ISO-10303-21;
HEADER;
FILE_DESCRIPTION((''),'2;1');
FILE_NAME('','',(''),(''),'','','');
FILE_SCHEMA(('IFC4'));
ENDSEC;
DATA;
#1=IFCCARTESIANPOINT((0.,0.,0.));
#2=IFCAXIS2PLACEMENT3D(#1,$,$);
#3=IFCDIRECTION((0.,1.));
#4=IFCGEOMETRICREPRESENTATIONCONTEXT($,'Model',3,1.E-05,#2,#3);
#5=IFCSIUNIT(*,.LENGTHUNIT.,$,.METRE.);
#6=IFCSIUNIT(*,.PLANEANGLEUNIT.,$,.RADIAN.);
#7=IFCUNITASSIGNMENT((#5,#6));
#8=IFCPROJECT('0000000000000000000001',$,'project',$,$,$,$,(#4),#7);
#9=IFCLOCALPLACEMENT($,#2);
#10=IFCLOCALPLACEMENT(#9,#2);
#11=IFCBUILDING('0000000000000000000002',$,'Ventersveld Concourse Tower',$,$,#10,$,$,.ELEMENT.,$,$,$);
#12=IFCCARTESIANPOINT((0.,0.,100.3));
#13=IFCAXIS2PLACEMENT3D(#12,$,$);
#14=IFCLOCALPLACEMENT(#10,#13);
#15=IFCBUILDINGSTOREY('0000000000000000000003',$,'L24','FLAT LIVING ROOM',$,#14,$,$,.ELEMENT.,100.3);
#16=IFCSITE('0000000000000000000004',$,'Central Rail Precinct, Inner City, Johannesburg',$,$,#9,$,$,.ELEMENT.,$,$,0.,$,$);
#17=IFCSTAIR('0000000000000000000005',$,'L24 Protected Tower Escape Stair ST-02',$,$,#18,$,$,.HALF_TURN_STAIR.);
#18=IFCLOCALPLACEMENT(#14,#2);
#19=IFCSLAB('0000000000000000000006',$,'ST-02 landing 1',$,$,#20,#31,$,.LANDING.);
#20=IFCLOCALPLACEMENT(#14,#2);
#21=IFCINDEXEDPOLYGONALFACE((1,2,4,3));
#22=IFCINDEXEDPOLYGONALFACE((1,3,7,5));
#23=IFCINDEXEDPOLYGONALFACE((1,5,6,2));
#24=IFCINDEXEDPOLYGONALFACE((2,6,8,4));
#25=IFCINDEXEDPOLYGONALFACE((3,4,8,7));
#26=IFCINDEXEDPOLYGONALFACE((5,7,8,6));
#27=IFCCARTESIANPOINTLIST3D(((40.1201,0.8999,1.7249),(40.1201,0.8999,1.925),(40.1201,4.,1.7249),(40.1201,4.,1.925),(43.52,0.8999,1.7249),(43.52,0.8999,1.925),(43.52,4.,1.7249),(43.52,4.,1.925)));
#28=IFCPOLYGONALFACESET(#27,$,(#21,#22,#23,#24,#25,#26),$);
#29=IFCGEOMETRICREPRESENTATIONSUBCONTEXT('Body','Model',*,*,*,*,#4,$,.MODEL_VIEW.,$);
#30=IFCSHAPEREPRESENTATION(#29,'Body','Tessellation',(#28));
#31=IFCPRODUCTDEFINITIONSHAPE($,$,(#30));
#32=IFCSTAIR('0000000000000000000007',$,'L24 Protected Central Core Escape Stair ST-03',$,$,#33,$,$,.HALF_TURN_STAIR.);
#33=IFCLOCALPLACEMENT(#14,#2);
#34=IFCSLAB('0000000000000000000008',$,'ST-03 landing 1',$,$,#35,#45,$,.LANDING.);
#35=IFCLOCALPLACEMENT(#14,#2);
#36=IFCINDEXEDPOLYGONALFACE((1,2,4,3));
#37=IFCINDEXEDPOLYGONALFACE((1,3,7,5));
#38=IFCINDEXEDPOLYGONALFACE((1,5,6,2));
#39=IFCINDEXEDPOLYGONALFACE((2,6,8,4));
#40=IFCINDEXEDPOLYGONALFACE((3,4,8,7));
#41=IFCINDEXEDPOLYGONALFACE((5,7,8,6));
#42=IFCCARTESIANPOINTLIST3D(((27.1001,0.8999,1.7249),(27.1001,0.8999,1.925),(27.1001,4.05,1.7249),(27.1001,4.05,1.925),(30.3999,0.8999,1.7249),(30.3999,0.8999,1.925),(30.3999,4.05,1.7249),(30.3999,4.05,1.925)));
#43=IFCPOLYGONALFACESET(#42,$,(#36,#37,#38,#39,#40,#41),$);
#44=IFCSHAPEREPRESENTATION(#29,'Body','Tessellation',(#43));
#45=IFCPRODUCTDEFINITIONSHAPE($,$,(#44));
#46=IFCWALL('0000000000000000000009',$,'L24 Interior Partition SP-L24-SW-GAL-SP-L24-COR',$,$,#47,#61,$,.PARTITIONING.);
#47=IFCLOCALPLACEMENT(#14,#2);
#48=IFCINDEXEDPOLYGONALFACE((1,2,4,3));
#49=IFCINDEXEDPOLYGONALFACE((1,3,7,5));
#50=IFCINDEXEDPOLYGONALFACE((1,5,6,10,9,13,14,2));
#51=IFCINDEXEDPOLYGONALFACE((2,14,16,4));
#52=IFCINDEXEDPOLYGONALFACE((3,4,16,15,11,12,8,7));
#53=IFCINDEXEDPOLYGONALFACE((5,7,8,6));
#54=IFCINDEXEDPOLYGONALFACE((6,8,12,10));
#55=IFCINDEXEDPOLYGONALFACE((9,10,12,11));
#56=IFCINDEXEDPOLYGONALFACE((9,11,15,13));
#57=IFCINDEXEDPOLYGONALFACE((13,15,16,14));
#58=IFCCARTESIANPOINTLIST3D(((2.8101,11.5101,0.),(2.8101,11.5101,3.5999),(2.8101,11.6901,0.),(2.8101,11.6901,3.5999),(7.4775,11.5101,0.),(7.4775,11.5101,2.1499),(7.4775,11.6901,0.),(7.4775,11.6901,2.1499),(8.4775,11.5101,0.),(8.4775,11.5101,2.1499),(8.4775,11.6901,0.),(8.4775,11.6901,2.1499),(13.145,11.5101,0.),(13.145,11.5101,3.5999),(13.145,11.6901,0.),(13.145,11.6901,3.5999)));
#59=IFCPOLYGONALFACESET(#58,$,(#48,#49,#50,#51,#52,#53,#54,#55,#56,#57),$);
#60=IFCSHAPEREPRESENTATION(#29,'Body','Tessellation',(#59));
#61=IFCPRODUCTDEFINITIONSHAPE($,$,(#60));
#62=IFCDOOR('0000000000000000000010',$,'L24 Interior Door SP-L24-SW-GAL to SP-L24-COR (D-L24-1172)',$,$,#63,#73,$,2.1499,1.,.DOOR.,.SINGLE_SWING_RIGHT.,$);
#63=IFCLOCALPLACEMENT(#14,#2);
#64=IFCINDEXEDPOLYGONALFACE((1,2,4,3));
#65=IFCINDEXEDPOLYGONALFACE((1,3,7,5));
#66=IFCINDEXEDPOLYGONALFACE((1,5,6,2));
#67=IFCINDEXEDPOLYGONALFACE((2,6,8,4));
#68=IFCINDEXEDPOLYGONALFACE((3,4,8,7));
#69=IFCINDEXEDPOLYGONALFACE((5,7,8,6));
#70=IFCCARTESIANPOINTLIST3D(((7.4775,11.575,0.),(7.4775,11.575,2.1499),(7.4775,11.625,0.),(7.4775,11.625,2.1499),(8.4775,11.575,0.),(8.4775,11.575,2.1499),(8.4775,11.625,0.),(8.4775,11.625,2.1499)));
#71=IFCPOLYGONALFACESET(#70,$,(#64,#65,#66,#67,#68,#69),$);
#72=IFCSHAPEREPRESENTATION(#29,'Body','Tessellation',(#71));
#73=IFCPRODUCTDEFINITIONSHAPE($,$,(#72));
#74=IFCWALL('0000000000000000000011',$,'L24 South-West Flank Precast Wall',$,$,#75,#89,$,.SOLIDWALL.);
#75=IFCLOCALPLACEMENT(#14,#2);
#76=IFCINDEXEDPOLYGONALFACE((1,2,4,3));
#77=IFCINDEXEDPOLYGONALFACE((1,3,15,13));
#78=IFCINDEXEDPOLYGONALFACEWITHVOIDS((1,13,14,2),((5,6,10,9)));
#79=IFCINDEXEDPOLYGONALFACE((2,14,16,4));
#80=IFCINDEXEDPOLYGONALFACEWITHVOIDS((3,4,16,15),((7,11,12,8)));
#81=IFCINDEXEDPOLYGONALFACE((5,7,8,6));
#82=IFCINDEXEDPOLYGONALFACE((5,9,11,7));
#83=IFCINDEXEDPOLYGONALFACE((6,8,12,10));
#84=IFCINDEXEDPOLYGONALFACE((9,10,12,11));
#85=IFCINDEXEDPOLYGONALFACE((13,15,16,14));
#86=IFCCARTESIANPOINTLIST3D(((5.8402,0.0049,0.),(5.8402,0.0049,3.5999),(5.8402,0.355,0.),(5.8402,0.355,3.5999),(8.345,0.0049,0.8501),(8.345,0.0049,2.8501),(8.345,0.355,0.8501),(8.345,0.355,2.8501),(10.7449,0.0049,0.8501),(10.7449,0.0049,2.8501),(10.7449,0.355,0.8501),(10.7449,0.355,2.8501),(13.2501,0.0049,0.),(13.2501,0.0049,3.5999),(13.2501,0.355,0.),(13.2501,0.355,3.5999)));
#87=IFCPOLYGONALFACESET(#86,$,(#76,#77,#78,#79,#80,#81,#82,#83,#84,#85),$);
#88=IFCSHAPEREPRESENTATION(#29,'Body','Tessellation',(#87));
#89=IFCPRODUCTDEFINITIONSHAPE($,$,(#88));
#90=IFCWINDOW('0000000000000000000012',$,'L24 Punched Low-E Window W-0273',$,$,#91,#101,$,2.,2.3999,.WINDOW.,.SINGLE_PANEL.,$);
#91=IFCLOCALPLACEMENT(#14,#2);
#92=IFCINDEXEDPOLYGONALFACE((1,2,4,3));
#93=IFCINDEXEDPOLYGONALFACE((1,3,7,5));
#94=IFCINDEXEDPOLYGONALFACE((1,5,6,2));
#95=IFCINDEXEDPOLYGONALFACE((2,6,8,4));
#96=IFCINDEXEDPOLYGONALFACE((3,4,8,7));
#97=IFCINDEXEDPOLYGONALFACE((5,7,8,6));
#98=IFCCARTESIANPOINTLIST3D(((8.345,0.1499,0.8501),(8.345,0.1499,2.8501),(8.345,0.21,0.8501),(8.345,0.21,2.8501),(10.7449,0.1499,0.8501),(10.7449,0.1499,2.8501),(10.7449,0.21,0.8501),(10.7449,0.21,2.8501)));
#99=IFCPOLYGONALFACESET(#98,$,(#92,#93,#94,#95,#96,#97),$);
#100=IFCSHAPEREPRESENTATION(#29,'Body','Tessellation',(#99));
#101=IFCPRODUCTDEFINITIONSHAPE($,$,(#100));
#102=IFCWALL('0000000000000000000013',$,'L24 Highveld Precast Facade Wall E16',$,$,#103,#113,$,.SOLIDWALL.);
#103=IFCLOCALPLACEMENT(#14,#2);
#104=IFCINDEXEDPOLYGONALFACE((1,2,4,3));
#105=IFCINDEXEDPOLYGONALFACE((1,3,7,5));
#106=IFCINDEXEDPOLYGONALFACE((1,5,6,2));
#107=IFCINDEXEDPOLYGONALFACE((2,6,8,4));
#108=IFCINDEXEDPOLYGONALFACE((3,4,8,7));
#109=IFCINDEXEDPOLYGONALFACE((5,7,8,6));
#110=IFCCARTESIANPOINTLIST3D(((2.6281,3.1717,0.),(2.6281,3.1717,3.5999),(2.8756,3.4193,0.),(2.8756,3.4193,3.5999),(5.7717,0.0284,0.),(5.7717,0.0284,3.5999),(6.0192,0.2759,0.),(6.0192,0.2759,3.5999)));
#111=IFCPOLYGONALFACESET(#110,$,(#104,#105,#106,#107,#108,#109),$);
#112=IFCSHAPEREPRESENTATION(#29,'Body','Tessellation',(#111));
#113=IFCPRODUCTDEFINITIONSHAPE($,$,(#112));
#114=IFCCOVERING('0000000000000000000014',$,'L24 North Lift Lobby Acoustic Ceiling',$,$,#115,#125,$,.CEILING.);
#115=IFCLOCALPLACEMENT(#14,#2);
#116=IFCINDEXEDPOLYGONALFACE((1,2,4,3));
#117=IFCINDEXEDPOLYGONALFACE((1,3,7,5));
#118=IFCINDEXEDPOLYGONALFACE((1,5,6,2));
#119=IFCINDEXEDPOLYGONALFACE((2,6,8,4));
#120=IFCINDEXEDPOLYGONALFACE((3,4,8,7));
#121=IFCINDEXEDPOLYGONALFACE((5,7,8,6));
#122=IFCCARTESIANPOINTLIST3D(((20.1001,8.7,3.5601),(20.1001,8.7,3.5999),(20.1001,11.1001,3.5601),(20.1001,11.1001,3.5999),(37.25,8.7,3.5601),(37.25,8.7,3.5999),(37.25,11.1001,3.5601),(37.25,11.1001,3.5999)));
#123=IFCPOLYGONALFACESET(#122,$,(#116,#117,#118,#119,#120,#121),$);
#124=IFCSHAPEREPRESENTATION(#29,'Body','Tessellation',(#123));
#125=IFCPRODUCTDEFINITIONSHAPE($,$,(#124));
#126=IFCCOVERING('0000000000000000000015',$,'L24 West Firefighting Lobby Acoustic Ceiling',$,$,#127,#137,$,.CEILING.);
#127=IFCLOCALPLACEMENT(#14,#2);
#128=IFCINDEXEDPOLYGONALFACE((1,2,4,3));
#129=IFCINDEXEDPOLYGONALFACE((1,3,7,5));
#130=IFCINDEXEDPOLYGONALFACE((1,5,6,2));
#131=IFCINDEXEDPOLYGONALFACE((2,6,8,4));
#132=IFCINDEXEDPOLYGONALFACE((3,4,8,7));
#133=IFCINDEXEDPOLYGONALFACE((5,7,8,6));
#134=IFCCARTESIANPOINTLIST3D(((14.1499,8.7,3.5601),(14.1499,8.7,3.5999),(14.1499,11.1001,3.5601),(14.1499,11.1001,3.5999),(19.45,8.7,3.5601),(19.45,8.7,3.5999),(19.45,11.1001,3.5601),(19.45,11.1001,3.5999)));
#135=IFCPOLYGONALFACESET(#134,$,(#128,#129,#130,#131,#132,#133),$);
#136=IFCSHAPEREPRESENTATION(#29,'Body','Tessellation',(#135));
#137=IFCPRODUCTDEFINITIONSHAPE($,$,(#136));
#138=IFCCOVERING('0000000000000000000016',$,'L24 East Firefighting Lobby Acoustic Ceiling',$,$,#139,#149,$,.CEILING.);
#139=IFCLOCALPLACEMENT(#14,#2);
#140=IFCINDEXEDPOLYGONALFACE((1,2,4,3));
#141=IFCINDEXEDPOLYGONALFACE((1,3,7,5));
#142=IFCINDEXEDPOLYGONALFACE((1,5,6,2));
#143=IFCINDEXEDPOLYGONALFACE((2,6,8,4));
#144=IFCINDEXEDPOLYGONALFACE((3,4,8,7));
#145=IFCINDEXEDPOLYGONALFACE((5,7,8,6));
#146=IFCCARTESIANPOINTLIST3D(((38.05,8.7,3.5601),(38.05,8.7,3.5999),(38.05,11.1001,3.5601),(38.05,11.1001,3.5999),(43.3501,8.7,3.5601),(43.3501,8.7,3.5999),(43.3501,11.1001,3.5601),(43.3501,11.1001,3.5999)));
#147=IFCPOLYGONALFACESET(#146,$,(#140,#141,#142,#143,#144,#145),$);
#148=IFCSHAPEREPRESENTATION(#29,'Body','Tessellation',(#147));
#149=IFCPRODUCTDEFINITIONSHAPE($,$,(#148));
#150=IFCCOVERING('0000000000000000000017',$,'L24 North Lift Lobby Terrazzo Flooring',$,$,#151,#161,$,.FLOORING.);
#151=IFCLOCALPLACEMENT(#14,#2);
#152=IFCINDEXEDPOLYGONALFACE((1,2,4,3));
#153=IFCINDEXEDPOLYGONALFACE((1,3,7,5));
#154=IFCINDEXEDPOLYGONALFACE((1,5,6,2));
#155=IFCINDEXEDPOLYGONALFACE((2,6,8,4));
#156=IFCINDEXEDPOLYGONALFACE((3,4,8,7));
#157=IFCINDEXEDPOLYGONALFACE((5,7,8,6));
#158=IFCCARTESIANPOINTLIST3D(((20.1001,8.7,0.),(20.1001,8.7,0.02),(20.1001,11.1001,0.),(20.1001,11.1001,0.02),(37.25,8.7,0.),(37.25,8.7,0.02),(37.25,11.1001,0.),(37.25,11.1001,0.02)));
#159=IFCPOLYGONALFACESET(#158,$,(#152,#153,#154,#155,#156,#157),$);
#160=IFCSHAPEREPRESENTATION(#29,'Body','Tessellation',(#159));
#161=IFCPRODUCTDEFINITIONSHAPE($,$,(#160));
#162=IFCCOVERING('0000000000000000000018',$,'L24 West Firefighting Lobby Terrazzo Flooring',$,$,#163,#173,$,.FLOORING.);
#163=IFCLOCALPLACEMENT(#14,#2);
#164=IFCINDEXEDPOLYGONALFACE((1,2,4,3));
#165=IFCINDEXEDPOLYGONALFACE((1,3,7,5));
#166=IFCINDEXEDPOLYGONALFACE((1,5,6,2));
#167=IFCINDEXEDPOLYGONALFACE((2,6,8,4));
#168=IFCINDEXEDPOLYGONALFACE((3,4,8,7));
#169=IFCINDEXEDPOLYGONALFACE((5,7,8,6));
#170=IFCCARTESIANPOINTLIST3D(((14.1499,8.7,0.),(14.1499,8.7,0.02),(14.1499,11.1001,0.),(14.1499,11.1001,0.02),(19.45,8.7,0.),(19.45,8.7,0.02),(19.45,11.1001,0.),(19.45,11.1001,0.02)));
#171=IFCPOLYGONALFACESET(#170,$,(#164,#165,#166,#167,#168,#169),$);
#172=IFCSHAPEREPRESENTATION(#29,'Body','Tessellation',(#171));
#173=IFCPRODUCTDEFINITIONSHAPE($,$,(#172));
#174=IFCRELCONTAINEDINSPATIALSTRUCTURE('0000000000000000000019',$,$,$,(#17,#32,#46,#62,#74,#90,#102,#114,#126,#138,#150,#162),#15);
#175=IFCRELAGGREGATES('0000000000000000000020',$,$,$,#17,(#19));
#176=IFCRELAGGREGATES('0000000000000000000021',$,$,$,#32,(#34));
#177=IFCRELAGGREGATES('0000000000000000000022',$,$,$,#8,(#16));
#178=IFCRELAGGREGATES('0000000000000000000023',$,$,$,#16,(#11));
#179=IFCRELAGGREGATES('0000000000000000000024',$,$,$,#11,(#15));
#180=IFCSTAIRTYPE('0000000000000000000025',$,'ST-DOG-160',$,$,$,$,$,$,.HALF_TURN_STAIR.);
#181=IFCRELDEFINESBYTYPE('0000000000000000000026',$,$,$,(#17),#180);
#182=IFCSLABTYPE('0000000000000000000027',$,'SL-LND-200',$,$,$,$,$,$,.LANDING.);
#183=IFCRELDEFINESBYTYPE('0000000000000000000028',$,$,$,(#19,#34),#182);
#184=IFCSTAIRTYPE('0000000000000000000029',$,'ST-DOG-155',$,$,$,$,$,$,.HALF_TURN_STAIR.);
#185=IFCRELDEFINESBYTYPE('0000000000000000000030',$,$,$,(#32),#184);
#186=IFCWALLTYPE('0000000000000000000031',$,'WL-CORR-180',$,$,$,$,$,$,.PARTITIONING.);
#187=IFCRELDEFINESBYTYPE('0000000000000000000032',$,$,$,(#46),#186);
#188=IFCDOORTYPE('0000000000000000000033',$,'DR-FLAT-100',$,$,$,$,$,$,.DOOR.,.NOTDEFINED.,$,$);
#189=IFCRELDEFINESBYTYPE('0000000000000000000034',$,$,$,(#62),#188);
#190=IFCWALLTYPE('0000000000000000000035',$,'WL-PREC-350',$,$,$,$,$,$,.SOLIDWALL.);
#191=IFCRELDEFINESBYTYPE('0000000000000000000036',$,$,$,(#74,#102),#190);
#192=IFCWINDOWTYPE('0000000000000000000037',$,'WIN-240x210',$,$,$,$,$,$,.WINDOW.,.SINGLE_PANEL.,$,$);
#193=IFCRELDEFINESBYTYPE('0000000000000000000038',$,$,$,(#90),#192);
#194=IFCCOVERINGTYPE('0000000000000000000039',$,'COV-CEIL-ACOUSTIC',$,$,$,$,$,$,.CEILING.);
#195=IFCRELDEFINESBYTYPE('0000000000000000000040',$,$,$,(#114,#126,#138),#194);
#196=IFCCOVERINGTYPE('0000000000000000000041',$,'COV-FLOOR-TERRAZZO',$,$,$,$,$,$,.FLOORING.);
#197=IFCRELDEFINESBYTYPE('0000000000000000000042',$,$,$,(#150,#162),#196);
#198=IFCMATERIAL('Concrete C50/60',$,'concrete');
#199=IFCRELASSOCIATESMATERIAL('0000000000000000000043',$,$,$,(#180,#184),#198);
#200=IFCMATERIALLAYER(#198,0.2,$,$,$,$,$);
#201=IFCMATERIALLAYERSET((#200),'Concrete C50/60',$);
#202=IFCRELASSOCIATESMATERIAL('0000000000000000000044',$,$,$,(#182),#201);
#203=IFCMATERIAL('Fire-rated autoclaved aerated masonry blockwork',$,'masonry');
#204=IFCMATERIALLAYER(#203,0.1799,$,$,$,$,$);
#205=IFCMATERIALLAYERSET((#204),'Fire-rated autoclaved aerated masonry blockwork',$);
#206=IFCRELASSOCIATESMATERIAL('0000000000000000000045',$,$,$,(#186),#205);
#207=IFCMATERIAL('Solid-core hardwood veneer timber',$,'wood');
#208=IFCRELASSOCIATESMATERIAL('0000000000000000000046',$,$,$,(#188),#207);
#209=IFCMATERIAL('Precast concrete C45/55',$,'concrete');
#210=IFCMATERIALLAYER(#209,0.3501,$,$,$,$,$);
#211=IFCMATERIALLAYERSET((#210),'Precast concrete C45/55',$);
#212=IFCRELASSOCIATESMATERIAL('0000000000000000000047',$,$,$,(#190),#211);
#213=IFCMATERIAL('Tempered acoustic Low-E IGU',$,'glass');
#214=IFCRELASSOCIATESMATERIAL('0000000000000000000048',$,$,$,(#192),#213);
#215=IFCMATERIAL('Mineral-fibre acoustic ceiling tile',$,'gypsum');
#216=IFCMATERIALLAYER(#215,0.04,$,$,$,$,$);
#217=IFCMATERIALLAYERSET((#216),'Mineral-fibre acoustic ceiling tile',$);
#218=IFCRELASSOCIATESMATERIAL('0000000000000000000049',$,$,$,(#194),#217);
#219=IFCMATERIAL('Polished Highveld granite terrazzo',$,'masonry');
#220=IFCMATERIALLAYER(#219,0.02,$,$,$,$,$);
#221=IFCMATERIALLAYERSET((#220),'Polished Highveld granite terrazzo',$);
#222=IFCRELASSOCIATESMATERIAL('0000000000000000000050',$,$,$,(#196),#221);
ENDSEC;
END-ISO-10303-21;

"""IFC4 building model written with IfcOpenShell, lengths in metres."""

from ifc_helpers import new_model, si_unit, direction, frame, frame_2d, origin, place, context, subcontext, project, spatial, polyline, rectangle, outline, extrude, material, layer, layer_set, type_object, element, fill, aggregate, save


model = new_model("IFC4")

# Units and contexts
model_context = context("Model", 3, precision=1e-05, world=origin(), true_north=direction((0.0, 1.0)))
body_context = subcontext(model_context, "Body", "Model", "MODEL_VIEW")
ifc_project = project(units=[si_unit("LENGTHUNIT", "METRE"), si_unit("PLANEANGLEUNIT", "RADIAN")], contexts=[model_context])

# Site, building, storey
site_placement = place(None, origin())
site = spatial("IfcSite", under=ifc_project, at=site_placement, Name="Central Rail Precinct, Inner City, Johannesburg", CompositionType="ELEMENT", RefElevation=0.0)
building_placement = place(site_placement, origin())
building = spatial("IfcBuilding", under=site, at=building_placement, Name="Ventersveld Concourse Tower", CompositionType="ELEMENT")
storey_placement = place(building_placement, frame((0.0, 0.0, 100.3)))
storey = spatial("IfcBuildingStorey", under=building, at=storey_placement, Name="L24", Description="FLAT LIVING ROOM", CompositionType="ELEMENT", Elevation=100.3)

# Shared definitions
ifc_material_1 = material(Name="Concrete C50/60", Category="concrete")

# Stairs, slabs
stair_type_1 = type_object("IfcStairType", Name="ST-DOG-160", PredefinedType="HALF_TURN_STAIR", material=ifc_material_1)
ifc_layer_1 = layer(ifc_material_1, 0.2)
ifc_layer_set_1 = layer_set([ifc_layer_1], Name="Concrete C50/60")
slab_type_1 = type_object("IfcSlabType", Name="SL-LND-200", PredefinedType="LANDING", material=ifc_layer_set_1)
stair_1_placement = place(storey_placement, origin())
stair_1 = element("IfcStair", 1, at=stair_1_placement, inside=storey, type_object=stair_type_1, Name="L24 Protected Tower Escape Stair ST-02", PredefinedType="HALF_TURN_STAIR")
slab_1_placement = place(storey_placement, frame((0.0, 0.0, 1.7249)))
slab_1 = element("IfcSlab", 2, at=slab_1_placement, type_object=slab_type_1, Name="ST-02 landing 1", PredefinedType="LANDING", context=body_context, shape_type="SweptSolid", body=[
    extrude(outline(polyline([(40.1201, 4.0), (40.1201, 0.8999), (43.52, 0.8999), (43.52, 4.0), (40.1201, 4.0)])), origin(), (0.0, 0.0, 1.0), 0.2002),
])
aggregate(stair_1, [slab_1])
stair_type_2 = type_object("IfcStairType", Name="ST-DOG-155", PredefinedType="HALF_TURN_STAIR", material=ifc_material_1)
stair_2_placement = place(storey_placement, origin())
stair_2 = element("IfcStair", 3, at=stair_2_placement, inside=storey, type_object=stair_type_2, Name="L24 Protected Central Core Escape Stair ST-03", PredefinedType="HALF_TURN_STAIR")
slab_2_placement = place(storey_placement, frame((0.0, 0.0, 1.7249)))
slab_2 = element("IfcSlab", 4, at=slab_2_placement, type_object=slab_type_1, Name="ST-03 landing 1", PredefinedType="LANDING", context=body_context, shape_type="SweptSolid", body=[
    extrude(outline(polyline([(27.1001, 4.05), (27.1001, 0.8999), (30.3999, 0.8999), (30.3999, 4.05), (27.1001, 4.05)])), origin(), (0.0, 0.0, 1.0), 0.2002),
])
aggregate(stair_2, [slab_2])

# Wall, opening, door
ifc_material_2 = material(Name="Fire-rated autoclaved aerated masonry blockwork", Category="masonry")
ifc_layer_2 = layer(ifc_material_2, 0.1799)
ifc_layer_set_2 = layer_set([ifc_layer_2], Name="Fire-rated autoclaved aerated masonry blockwork")
wall_type_1 = type_object("IfcWallType", Name="WL-CORR-180", PredefinedType="PARTITIONING", material=ifc_layer_set_2)
wall_1_placement = place(storey_placement, frame((2.8101, 11.6001, 0.0), z_axis=(0.0, 0.0, 1.0), x_axis=(1.0, 0.0, 0.0)))
wall_1 = element("IfcWall", 5, at=wall_1_placement, inside=storey, type_object=wall_type_1, Name="L24 Interior Partition SP-L24-SW-GAL-SP-L24-COR", PredefinedType="PARTITIONING", context=body_context, shape_type="SweptSolid", body=[
    extrude(rectangle(XDim=10.335, YDim=0.1799, at=frame_2d((5.1675, 0.0))), origin(), (0.0, 0.0, 1.0), 3.5999),
])
opening_1_placement = place(wall_1_placement, frame((4.6675, 0.0, 0.0)))
opening_1 = element("IfcOpeningElement", 6, at=opening_1_placement, cuts=wall_1, PredefinedType="OPENING", context=body_context, shape_type="SweptSolid", body=[
    extrude(rectangle(XDim=1.0, YDim=2.1499, at=frame_2d((0.5, 1.075))), frame((0.0, 0.1001, 0.0), z_axis=(0.0, -1.0, 0.0), x_axis=(1.0, 0.0, 0.0)), (0.0, 0.0, 1.0), 0.2),
])
ifc_material_3 = material(Name="Solid-core hardwood veneer timber", Category="wood")
door_type = type_object("IfcDoorType", Name="DR-FLAT-100", OperationType="NOTDEFINED", PredefinedType="DOOR", material=ifc_material_3)
door_placement = place(opening_1_placement, origin())
door = element("IfcDoor", 7, at=door_placement, inside=storey, type_object=door_type, Name="L24 Interior Door SP-L24-SW-GAL to SP-L24-COR (D-L24-1172)", OperationType="SINGLE_SWING_RIGHT", OverallHeight=2.1499, OverallWidth=1.0, PredefinedType="DOOR", context=body_context, shape_type="SweptSolid", body=[
    extrude(rectangle(XDim=1.0, YDim=2.1499, at=frame_2d((0.5, 1.075))), frame((0.0, 0.0249, 0.0), z_axis=(0.0, -1.0, 0.0), x_axis=(1.0, 0.0, 0.0)), (0.0, 0.0, 1.0), 0.05),
])
fill(opening_1, door)

# Wall, opening, window
ifc_material_4 = material(Name="Precast concrete C45/55", Category="concrete")
ifc_layer_3 = layer(ifc_material_4, 0.3501)
ifc_layer_set_3 = layer_set([ifc_layer_3], Name="Precast concrete C45/55")
wall_type_2 = type_object("IfcWallType", Name="WL-PREC-350", PredefinedType="SOLIDWALL", material=ifc_layer_set_3)
wall_2_placement = place(storey_placement, frame((5.8401, 0.1799, 0.0), z_axis=(0.0, 0.0, 1.0), x_axis=(1.0, 0.0, 0.0)))
wall_2 = element("IfcWall", 8, at=wall_2_placement, inside=storey, type_object=wall_type_2, Name="L24 South-West Flank Precast Wall", PredefinedType="SOLIDWALL", context=body_context, shape_type="SweptSolid", body=[
    extrude(rectangle(XDim=7.4099, YDim=0.3501, at=frame_2d((3.7051, 0.0))), origin(), (0.0, 0.0, 1.0), 3.5999),
])
opening_2_placement = place(wall_2_placement, frame((2.5049, 0.0, 0.8501)))
opening_2 = element("IfcOpeningElement", 9, at=opening_2_placement, cuts=wall_2, PredefinedType="OPENING", context=body_context, shape_type="SweptSolid", body=[
    extrude(rectangle(XDim=2.3999, YDim=2.0, at=frame_2d((1.2, 1.0))), frame((0.0, 0.1851, 0.0), z_axis=(0.0, -1.0, 0.0), x_axis=(1.0, 0.0, 0.0)), (0.0, 0.0, 1.0), 0.3701),
])
ifc_material_5 = material(Name="Tempered acoustic Low-E IGU", Category="glass")
window_type = type_object("IfcWindowType", Name="WIN-240x210", PartitioningType="SINGLE_PANEL", PredefinedType="WINDOW", material=ifc_material_5)
window_placement = place(opening_2_placement, origin())
window = element("IfcWindow", 10, at=window_placement, inside=storey, type_object=window_type, Name="L24 Punched Low-E Window W-0273", OverallHeight=2.0, OverallWidth=2.3999, PartitioningType="SINGLE_PANEL", PredefinedType="WINDOW", context=body_context, shape_type="SweptSolid", body=[
    extrude(rectangle(XDim=2.3999, YDim=2.0, at=frame_2d((1.2, 1.0))), frame((0.0, 0.03, 0.0), z_axis=(0.0, -1.0, 0.0), x_axis=(1.0, 0.0, 0.0)), (0.0, 0.0, 1.0), 0.0601),
])
fill(opening_2, window)

# Wall
wall_3_placement = place(storey_placement, frame((2.752, 3.2954, 0.0), z_axis=(0.0, 0.0, 1.0), x_axis=(0.707134, -0.707079, 0.0)))
element("IfcWall", 11, at=wall_3_placement, inside=storey, type_object=wall_type_2, Name="L24 Highveld Precast Facade Wall E16", PredefinedType="SOLIDWALL", context=body_context, shape_type="SweptSolid", body=[
    extrude(rectangle(XDim=4.4456, YDim=0.3501, at=frame_2d((2.2227, 0.0))), origin(), (0.0, 0.0, 1.0), 3.5999),
])

# Coverings
ifc_material_6 = material(Name="Mineral-fibre acoustic ceiling tile", Category="gypsum")
ifc_layer_4 = layer(ifc_material_6, 0.04)
ifc_layer_set_4 = layer_set([ifc_layer_4], Name="Mineral-fibre acoustic ceiling tile")
covering_type_1 = type_object("IfcCoveringType", Name="COV-CEIL-ACOUSTIC", PredefinedType="CEILING", material=ifc_layer_set_4)
covering_1_placement = place(storey_placement, frame((0.0, 0.0, 3.5601)))
element("IfcCovering", 12, at=covering_1_placement, inside=storey, type_object=covering_type_1, Name="L24 North Lift Lobby Acoustic Ceiling", PredefinedType="CEILING", context=body_context, shape_type="SweptSolid", body=[
    extrude(outline(polyline([(20.1001, 8.7), (37.25, 8.7), (37.25, 11.1001), (20.1001, 11.1001), (20.1001, 8.7)])), origin(), (0.0, 0.0, 1.0), 0.0398),
])
covering_2_placement = place(storey_placement, frame((0.0, 0.0, 3.5601)))
element("IfcCovering", 13, at=covering_2_placement, inside=storey, type_object=covering_type_1, Name="L24 West Firefighting Lobby Acoustic Ceiling", PredefinedType="CEILING", context=body_context, shape_type="SweptSolid", body=[
    extrude(outline(polyline([(14.1499, 8.7), (19.45, 8.7), (19.45, 11.1001), (14.1499, 11.1001), (14.1499, 8.7)])), origin(), (0.0, 0.0, 1.0), 0.0398),
])
covering_3_placement = place(storey_placement, frame((0.0, 0.0, 3.5601)))
element("IfcCovering", 14, at=covering_3_placement, inside=storey, type_object=covering_type_1, Name="L24 East Firefighting Lobby Acoustic Ceiling", PredefinedType="CEILING", context=body_context, shape_type="SweptSolid", body=[
    extrude(outline(polyline([(38.05, 8.7), (43.3501, 8.7), (43.3501, 11.1001), (38.05, 11.1001), (38.05, 8.7)])), origin(), (0.0, 0.0, 1.0), 0.0398),
])
ifc_material_7 = material(Name="Polished Highveld granite terrazzo", Category="masonry")
ifc_layer_5 = layer(ifc_material_7, 0.02)
ifc_layer_set_5 = layer_set([ifc_layer_5], Name="Polished Highveld granite terrazzo")
covering_type_2 = type_object("IfcCoveringType", Name="COV-FLOOR-TERRAZZO", PredefinedType="FLOORING", material=ifc_layer_set_5)
covering_4_placement = place(storey_placement, origin())
element("IfcCovering", 15, at=covering_4_placement, inside=storey, type_object=covering_type_2, Name="L24 North Lift Lobby Terrazzo Flooring", PredefinedType="FLOORING", context=body_context, shape_type="SweptSolid", body=[
    extrude(outline(polyline([(20.1001, 8.7), (37.25, 8.7), (37.25, 11.1001), (20.1001, 11.1001), (20.1001, 8.7)])), origin(), (0.0, 0.0, 1.0), 0.02),
])
covering_5_placement = place(storey_placement, origin())
element("IfcCovering", 16, at=covering_5_placement, inside=storey, type_object=covering_type_2, Name="L24 West Firefighting Lobby Terrazzo Flooring", PredefinedType="FLOORING", context=body_context, shape_type="SweptSolid", body=[
    extrude(outline(polyline([(14.1499, 8.7), (19.45, 8.7), (19.45, 11.1001), (14.1499, 11.1001), (14.1499, 8.7)])), origin(), (0.0, 0.0, 1.0), 0.02),
])

save(model, "model.ifc")
